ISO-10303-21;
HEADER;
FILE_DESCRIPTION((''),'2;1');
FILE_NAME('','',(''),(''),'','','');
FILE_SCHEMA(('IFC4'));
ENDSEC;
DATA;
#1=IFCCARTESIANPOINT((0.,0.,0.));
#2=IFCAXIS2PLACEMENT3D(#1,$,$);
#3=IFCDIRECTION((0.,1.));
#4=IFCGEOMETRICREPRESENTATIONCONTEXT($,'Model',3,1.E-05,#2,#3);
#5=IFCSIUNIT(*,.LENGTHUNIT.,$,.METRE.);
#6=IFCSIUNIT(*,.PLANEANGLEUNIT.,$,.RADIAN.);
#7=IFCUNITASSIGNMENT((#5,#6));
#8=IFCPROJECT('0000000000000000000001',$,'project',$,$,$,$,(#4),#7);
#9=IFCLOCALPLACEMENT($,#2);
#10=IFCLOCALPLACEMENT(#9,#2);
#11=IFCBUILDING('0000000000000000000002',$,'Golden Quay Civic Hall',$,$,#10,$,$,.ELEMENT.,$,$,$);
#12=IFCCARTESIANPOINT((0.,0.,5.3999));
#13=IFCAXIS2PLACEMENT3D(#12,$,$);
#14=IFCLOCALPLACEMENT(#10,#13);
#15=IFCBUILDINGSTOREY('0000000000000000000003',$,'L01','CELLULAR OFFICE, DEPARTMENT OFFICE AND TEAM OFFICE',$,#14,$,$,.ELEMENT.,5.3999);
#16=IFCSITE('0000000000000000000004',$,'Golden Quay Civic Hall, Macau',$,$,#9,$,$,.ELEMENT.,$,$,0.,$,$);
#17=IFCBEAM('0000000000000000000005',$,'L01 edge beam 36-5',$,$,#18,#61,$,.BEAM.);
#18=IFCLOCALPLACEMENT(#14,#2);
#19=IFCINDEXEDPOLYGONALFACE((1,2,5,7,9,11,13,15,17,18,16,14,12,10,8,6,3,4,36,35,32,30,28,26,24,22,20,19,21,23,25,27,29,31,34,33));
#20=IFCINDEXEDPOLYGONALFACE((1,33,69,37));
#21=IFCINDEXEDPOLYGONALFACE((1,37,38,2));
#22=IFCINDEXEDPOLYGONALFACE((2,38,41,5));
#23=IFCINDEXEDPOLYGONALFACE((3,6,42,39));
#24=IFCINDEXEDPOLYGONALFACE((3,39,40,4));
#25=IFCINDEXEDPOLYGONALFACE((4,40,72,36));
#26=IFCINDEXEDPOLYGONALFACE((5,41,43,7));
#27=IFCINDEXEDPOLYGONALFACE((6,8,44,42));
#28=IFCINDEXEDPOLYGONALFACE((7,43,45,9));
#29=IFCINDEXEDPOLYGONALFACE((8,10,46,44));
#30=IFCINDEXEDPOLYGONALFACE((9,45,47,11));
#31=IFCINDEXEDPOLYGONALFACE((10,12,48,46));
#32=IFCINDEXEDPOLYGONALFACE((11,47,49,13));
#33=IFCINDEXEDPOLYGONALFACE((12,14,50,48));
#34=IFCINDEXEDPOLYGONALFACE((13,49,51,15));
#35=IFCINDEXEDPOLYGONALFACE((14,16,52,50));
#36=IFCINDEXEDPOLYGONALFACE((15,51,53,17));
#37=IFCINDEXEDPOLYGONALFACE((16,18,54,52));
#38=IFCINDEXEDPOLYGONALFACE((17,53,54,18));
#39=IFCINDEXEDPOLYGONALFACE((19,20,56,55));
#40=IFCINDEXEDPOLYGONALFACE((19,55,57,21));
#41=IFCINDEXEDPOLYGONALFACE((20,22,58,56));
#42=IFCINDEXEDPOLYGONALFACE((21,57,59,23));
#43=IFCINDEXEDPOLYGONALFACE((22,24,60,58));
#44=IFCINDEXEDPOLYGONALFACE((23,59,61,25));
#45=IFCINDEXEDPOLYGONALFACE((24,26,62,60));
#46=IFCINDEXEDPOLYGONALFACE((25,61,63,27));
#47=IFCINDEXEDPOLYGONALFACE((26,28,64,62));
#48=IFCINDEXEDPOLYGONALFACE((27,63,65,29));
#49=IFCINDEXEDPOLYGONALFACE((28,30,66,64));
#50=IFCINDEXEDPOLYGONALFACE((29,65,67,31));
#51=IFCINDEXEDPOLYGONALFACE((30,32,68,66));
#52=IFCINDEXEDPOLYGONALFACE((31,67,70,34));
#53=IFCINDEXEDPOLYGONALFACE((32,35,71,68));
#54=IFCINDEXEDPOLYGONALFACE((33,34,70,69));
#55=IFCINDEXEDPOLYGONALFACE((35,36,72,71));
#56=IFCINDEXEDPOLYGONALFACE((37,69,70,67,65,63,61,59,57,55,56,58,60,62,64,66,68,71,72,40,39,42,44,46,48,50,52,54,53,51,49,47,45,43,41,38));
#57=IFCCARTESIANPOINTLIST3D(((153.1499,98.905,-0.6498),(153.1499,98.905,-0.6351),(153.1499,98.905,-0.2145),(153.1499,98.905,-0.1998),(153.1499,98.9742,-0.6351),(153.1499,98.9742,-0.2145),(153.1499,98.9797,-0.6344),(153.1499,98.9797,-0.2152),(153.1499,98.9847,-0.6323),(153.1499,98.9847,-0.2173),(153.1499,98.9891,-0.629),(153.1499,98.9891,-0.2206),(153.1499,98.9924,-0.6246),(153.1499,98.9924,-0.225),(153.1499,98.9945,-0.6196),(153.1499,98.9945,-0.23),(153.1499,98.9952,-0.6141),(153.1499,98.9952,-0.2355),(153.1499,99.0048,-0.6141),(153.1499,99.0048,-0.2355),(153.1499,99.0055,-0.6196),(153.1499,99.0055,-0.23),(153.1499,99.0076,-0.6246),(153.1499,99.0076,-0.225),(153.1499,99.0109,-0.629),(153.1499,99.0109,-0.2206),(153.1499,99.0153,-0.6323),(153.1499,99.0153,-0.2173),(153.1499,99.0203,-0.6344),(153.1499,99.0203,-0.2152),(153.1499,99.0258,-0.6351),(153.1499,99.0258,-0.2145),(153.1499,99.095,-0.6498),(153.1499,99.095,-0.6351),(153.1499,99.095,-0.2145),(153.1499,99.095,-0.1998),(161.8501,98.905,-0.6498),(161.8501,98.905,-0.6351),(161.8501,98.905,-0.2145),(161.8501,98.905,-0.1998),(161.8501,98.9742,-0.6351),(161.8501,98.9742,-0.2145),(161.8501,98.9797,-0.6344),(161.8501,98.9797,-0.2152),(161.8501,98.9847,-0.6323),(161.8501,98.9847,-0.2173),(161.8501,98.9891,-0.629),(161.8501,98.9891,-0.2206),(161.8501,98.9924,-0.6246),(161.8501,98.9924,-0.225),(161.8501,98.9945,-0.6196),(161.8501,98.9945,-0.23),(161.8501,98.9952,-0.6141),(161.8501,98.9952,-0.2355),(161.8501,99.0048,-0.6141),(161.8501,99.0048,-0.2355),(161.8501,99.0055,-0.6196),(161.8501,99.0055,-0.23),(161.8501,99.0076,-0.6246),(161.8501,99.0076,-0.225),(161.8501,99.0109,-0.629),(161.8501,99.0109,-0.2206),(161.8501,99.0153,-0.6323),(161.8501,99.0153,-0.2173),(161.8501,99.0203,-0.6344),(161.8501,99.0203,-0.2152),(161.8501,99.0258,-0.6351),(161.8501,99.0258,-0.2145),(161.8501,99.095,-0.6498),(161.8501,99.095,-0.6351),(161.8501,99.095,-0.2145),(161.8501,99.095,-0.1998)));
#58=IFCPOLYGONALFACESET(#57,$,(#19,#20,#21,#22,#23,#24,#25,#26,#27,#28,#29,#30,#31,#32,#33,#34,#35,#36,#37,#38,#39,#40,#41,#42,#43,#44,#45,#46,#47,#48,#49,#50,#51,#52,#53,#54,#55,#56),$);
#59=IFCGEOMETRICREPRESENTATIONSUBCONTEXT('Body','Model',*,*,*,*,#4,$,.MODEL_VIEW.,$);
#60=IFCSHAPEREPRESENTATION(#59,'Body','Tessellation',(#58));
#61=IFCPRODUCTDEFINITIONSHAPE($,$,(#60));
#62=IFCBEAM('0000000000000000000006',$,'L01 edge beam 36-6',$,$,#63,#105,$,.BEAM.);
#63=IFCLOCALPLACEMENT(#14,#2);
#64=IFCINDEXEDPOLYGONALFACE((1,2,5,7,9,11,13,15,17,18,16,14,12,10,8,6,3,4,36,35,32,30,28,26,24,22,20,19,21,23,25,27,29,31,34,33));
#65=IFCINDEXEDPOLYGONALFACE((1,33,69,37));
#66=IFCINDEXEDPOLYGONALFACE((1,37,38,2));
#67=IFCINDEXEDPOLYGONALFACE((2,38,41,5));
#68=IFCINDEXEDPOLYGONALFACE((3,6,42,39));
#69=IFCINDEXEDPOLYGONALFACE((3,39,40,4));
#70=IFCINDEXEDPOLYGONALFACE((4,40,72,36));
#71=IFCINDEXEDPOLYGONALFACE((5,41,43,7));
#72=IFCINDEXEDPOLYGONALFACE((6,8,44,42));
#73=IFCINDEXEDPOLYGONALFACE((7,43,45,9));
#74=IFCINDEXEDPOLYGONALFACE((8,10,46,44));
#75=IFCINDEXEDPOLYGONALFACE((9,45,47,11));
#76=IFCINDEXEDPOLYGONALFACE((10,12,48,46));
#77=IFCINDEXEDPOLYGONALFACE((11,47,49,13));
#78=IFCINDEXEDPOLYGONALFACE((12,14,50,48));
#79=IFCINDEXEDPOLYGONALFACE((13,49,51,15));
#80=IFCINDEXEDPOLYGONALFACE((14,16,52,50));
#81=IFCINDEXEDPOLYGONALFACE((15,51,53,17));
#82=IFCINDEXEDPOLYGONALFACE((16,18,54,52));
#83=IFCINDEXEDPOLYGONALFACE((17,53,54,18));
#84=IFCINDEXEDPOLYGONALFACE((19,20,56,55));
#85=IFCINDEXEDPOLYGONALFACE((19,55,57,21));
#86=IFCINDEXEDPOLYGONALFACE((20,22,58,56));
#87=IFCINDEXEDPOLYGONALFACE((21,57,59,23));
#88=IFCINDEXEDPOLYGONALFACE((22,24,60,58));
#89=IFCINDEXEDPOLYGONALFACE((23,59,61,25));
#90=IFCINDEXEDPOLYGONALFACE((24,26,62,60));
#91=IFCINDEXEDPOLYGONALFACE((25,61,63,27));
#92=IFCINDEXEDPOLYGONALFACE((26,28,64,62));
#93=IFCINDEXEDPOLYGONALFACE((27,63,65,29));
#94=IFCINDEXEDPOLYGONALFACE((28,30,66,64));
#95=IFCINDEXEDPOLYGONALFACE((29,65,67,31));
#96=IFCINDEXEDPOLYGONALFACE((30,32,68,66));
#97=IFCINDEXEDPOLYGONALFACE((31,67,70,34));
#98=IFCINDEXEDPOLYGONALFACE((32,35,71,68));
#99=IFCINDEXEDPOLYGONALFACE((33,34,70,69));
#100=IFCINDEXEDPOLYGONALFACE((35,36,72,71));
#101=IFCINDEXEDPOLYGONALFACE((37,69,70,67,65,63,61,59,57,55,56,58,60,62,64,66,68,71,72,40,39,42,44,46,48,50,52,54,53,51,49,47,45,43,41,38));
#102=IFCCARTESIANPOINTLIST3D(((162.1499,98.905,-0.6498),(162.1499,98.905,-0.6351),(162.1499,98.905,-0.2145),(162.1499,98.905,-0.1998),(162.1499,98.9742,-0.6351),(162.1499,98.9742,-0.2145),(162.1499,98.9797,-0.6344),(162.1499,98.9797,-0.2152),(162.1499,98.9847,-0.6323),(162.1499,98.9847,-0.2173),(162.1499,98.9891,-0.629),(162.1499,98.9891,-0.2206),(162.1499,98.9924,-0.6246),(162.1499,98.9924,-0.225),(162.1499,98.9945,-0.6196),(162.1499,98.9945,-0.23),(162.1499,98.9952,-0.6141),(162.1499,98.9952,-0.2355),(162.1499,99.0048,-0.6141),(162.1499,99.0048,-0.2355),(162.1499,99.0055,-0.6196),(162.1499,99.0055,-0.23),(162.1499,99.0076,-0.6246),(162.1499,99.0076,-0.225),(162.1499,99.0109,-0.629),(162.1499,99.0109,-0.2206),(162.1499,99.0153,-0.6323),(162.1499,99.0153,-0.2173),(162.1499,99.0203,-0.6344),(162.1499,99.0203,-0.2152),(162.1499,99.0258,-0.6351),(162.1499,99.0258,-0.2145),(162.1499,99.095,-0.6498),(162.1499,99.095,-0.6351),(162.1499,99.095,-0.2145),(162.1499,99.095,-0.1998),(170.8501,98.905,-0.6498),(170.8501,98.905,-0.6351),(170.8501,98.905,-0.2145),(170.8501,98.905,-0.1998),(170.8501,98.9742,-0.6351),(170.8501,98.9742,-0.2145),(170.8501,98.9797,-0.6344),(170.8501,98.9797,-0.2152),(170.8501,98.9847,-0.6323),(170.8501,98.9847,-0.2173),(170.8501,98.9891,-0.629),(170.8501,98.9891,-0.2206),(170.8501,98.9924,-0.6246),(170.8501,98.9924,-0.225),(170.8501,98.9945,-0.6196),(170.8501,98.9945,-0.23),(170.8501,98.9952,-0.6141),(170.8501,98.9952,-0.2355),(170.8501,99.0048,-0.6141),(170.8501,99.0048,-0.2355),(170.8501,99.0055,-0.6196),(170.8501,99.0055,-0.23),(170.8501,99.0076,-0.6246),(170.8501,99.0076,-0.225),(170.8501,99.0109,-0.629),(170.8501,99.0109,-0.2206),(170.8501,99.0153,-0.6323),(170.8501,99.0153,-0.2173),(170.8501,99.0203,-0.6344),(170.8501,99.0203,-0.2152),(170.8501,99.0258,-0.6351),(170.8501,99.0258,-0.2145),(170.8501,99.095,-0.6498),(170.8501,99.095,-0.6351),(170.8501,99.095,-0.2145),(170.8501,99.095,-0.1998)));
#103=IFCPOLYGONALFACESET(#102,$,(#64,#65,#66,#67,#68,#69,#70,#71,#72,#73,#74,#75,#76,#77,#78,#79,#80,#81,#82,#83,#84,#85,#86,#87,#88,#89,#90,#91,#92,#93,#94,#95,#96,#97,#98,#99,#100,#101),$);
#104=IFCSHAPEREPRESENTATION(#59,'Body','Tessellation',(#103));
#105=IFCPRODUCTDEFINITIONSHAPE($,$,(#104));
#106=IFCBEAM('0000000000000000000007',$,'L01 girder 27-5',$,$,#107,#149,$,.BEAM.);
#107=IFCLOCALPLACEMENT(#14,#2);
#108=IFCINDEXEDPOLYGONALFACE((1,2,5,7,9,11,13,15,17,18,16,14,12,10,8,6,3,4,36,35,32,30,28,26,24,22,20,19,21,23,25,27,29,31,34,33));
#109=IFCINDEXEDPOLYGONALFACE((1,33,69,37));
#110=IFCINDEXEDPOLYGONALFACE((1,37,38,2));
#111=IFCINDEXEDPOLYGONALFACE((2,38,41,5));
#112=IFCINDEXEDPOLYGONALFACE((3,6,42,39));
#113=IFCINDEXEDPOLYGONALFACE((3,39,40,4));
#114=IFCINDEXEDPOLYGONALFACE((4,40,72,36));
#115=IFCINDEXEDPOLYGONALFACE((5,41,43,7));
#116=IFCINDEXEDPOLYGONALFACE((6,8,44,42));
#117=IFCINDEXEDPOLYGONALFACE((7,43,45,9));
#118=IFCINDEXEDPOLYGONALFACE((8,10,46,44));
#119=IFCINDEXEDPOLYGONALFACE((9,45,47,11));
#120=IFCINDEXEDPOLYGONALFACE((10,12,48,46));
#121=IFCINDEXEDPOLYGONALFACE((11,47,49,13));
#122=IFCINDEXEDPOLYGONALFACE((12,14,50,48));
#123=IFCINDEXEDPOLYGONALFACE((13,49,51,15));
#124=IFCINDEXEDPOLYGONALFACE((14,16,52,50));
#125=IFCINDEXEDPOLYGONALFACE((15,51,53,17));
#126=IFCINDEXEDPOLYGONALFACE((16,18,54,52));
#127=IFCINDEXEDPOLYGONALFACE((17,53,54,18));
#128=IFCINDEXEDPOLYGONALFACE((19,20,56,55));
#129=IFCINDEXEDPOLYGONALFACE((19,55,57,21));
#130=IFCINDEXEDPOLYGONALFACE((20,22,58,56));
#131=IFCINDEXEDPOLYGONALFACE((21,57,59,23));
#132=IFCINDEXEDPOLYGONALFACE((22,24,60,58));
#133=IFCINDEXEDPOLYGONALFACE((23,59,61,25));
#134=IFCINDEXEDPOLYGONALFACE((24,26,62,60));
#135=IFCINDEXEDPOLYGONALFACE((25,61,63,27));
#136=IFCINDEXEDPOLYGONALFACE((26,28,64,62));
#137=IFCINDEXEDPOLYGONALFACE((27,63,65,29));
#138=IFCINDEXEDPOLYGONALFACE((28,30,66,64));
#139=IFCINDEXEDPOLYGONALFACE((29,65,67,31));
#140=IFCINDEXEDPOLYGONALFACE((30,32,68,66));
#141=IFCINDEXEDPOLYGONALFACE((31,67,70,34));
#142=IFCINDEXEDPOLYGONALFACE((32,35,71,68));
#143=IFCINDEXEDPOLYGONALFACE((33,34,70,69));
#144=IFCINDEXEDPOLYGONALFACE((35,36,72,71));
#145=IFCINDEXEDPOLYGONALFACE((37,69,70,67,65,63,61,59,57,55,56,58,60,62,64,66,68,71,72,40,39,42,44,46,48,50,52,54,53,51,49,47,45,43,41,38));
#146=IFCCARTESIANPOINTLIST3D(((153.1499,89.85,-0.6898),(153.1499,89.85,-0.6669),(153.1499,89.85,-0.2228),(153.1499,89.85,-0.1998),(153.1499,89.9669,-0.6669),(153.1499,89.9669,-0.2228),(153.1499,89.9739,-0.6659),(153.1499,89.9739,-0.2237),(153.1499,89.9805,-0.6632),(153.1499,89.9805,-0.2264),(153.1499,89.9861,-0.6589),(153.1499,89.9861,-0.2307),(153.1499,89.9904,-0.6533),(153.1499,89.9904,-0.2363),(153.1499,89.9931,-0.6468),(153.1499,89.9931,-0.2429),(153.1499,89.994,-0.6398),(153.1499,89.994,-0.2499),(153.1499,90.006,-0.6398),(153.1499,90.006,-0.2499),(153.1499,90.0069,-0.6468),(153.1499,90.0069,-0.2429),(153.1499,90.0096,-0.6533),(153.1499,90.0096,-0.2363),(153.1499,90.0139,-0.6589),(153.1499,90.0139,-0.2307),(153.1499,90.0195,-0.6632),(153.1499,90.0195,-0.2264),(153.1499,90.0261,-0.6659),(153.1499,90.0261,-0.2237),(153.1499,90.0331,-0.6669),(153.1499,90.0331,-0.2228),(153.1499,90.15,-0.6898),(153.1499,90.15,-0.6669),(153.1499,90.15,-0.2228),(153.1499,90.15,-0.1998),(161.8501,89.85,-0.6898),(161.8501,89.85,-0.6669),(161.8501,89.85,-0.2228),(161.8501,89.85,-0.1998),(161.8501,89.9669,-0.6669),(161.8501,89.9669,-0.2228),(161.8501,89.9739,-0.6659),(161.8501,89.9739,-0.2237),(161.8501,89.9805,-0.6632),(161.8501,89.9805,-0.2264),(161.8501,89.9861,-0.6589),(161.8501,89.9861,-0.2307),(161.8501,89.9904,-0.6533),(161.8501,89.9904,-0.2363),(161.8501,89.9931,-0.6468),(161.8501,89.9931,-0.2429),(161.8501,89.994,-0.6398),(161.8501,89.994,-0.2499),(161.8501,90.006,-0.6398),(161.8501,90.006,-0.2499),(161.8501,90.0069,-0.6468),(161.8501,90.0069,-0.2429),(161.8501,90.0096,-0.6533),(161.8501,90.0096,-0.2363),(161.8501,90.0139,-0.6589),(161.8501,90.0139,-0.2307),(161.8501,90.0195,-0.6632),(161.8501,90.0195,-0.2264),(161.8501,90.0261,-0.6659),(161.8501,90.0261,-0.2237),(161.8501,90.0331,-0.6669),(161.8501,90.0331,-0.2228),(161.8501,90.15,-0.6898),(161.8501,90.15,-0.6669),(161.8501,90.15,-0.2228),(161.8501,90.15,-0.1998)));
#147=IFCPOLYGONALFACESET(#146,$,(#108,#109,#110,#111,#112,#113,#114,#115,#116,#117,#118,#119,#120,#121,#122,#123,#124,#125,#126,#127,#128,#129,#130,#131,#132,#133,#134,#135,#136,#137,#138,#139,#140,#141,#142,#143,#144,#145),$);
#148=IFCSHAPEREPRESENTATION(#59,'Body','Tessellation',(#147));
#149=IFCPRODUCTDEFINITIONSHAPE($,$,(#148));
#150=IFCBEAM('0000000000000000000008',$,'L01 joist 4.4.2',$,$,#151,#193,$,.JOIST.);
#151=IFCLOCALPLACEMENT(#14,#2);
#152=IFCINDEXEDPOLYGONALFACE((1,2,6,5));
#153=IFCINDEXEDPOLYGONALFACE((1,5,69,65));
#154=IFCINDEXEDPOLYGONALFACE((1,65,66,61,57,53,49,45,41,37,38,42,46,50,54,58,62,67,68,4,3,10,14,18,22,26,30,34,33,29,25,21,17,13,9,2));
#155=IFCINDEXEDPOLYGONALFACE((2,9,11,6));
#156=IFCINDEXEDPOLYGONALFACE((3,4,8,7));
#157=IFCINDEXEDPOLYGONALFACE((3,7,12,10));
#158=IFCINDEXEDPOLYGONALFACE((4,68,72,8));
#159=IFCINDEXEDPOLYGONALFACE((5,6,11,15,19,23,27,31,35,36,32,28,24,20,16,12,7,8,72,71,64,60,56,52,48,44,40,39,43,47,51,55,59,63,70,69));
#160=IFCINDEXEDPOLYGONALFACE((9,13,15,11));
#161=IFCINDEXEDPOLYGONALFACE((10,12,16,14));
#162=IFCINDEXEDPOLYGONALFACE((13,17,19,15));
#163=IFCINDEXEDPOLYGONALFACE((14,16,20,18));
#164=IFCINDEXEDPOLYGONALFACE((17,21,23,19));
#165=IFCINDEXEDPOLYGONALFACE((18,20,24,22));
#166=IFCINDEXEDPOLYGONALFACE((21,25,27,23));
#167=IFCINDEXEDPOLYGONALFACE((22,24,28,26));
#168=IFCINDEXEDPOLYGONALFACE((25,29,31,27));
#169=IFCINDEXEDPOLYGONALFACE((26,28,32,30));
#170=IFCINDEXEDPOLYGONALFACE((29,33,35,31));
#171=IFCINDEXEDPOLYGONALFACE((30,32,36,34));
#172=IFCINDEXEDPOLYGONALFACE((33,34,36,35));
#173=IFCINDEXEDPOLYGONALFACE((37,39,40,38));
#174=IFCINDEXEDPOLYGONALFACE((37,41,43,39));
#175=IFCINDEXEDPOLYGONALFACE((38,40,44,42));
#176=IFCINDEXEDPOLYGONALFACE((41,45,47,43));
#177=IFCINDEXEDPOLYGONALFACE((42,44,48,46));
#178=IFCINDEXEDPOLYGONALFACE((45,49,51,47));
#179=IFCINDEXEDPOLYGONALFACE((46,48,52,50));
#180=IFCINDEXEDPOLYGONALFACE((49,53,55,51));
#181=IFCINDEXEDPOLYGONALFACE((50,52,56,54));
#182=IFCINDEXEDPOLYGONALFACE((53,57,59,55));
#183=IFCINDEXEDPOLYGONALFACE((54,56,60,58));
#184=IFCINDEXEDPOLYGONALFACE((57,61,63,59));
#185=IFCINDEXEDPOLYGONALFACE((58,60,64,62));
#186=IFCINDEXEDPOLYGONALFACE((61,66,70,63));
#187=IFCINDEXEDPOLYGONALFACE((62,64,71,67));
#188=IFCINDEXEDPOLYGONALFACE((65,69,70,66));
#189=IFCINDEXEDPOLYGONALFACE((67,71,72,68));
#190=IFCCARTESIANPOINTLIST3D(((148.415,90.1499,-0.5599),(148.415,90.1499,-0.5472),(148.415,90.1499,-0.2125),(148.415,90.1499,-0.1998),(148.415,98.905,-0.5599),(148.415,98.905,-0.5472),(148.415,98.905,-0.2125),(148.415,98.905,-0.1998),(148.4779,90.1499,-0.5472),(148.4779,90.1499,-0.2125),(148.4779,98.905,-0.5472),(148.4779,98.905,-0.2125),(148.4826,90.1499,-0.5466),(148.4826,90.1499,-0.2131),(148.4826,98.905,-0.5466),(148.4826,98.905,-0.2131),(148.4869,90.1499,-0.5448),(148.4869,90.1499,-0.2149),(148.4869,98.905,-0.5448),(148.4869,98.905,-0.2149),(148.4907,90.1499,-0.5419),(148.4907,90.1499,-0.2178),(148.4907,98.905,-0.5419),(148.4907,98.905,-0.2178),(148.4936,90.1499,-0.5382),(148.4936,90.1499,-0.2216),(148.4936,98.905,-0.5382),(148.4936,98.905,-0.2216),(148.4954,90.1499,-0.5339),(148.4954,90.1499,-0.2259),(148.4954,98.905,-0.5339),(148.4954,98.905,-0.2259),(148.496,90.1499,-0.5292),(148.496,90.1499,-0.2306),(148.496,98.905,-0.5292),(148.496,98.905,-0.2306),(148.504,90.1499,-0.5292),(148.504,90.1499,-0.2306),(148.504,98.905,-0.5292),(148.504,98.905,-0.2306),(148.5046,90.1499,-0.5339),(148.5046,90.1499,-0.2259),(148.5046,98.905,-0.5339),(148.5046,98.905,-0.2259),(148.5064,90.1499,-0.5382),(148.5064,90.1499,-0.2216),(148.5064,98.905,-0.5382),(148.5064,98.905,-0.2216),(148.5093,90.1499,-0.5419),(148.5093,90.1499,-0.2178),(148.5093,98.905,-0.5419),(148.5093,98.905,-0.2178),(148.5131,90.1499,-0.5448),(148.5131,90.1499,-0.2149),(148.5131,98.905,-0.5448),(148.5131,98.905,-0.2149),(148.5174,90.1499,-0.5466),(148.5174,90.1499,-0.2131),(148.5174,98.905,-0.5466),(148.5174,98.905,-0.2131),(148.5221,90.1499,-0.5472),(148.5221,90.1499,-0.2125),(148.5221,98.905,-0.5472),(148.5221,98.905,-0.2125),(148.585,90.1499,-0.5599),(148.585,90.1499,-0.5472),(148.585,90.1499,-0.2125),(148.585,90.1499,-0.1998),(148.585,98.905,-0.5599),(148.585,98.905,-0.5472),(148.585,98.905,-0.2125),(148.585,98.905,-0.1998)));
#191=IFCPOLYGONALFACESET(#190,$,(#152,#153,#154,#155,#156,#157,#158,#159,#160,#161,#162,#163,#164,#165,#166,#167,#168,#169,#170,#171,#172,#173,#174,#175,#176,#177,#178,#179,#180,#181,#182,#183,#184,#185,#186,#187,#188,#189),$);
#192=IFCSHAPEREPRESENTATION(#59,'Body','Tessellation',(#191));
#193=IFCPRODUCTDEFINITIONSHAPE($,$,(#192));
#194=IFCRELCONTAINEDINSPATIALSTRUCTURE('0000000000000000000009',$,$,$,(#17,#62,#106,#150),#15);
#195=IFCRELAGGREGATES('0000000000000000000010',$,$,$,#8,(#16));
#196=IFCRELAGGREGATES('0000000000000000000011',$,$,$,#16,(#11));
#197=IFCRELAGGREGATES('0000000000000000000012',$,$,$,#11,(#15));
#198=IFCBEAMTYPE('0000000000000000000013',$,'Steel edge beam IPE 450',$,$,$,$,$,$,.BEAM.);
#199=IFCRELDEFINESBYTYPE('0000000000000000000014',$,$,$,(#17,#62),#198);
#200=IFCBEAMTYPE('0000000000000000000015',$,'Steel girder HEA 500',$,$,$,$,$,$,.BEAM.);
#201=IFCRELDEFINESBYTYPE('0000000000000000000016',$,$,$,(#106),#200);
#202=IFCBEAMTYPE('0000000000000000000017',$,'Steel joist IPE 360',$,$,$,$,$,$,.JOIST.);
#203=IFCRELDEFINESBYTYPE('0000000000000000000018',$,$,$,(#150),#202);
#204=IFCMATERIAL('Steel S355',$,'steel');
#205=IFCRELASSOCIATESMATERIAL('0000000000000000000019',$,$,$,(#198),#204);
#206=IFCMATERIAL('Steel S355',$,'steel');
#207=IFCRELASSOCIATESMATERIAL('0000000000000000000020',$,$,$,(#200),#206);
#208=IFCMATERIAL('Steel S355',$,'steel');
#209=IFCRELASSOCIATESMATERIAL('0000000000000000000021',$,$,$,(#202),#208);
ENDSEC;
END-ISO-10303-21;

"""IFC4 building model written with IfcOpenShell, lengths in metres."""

from ifc_helpers import new_model, si_unit, direction, frame, origin, origin_2d, place, context, subcontext, project, spatial, i_section, extrude, material, material_profile, profile_set, type_object, element, save


model = new_model("IFC4")

# Units and contexts
model_context = context("Model", 3, precision=1e-05, world=origin(), true_north=direction((0.0, 1.0)))
body_context = subcontext(model_context, "Body", "Model", "MODEL_VIEW")
ifc_project = project(units=[si_unit("LENGTHUNIT", "METRE"), si_unit("PLANEANGLEUNIT", "RADIAN")], contexts=[model_context])

# Site, building, storey
site_placement = place(None, origin())
site = spatial("IfcSite", under=ifc_project, at=site_placement, Name="Golden Quay Civic Hall, Macau", CompositionType="ELEMENT", RefElevation=0.0)
building_placement = place(site_placement, origin())
building = spatial("IfcBuilding", under=site, at=building_placement, Name="Golden Quay Civic Hall", CompositionType="ELEMENT")
storey_placement = place(building_placement, frame((0.0, 0.0, 5.3999)))
storey = spatial("IfcBuildingStorey", under=building, at=storey_placement, Name="L01", Description="CELLULAR OFFICE, DEPARTMENT OFFICE AND TEAM OFFICE", CompositionType="ELEMENT", Elevation=5.3999)

# Beams
ifc_material_1 = material(Name="Steel S355", Category="steel")
ifc_material_profile_1 = material_profile(ifc_material_1, i_section(OverallWidth=0.1899, OverallDepth=0.45, WebThickness=0.0095, FlangeThickness=0.0146, FilletRadius=0.021, at=origin_2d()), Name="IPE 450")
ifc_profile_set_1 = profile_set([ifc_material_profile_1], Name="Steel S355")
beam_type_1 = type_object("IfcBeamType", Name="Steel edge beam IPE 450", PredefinedType="BEAM", material=ifc_profile_set_1)
for number, where, z_axis, x_axis, name in (
    (1, (153.1499, 99.0, -0.4248), (1.0, 0.0, 0.0), (0.0, 1.0, 0.0), "L01 edge beam 36-5"),
    (2, (162.1499, 99.0, -0.4248), (1.0, 0.0, 0.0), (0.0, 1.0, 0.0), "L01 edge beam 36-6"),
):
    element("IfcBeam", number, at=place(storey_placement, frame(where, z_axis=z_axis, x_axis=x_axis)), inside=storey, type_object=beam_type_1, Name=name, PredefinedType="BEAM", context=body_context, shape_type="SweptSolid", body=[
        extrude(i_section(OverallWidth=0.1899, OverallDepth=0.45, WebThickness=0.0095, FlangeThickness=0.0146, FilletRadius=0.021, at=origin_2d()), origin(), (0.0, 0.0, 1.0), 8.7002),
    ])
ifc_material_2 = material(Name="Steel S355", Category="steel")
ifc_material_profile_2 = material_profile(ifc_material_2, i_section(OverallWidth=0.3, OverallDepth=0.49, WebThickness=0.012, FlangeThickness=0.0229, FilletRadius=0.0271, at=origin_2d()), Name="HEA 500")
ifc_profile_set_2 = profile_set([ifc_material_profile_2], Name="Steel S355")
beam_type_2 = type_object("IfcBeamType", Name="Steel girder HEA 500", PredefinedType="BEAM", material=ifc_profile_set_2)
beam_1_placement = place(storey_placement, frame((153.1499, 90.0, -0.4448), z_axis=(1.0, 0.0, 0.0), x_axis=(0.0, 1.0, 0.0)))
element("IfcBeam", 3, at=beam_1_placement, inside=storey, type_object=beam_type_2, Name="L01 girder 27-5", PredefinedType="BEAM", context=body_context, shape_type="SweptSolid", body=[
    extrude(i_section(OverallWidth=0.3, OverallDepth=0.49, WebThickness=0.012, FlangeThickness=0.0229, FilletRadius=0.0271, at=origin_2d()), origin(), (0.0, 0.0, 1.0), 8.7002),
])
ifc_material_3 = material(Name="Steel S355", Category="steel")
ifc_material_profile_3 = material_profile(ifc_material_3, i_section(OverallWidth=0.1699, OverallDepth=0.3601, WebThickness=0.0081, FlangeThickness=0.0127, FilletRadius=0.0181, at=origin_2d()), Name="IPE 360")
ifc_profile_set_3 = profile_set([ifc_material_profile_3], Name="Steel S355")
beam_type_3 = type_object("IfcBeamType", Name="Steel joist IPE 360", PredefinedType="JOIST", material=ifc_profile_set_3)
for number, where, z_axis, x_axis, name in (
    (4, (148.5, 90.1499, -0.3799), (0.0, 1.0, 0.0), (-1.0, 0.0, 0.0), "L01 joist 4.4.2"),
):
    element("IfcBeam", number, at=place(storey_placement, frame(where, z_axis=z_axis, x_axis=x_axis)), inside=storey, type_object=beam_type_3, Name=name, PredefinedType="JOIST", context=body_context, shape_type="SweptSolid", body=[
        extrude(i_section(OverallWidth=0.1699, OverallDepth=0.3601, WebThickness=0.0081, FlangeThickness=0.0127, FilletRadius=0.0181, at=origin_2d()), origin(), (0.0, 0.0, 1.0), 8.7551),
    ])

save(model, "model.ifc")
